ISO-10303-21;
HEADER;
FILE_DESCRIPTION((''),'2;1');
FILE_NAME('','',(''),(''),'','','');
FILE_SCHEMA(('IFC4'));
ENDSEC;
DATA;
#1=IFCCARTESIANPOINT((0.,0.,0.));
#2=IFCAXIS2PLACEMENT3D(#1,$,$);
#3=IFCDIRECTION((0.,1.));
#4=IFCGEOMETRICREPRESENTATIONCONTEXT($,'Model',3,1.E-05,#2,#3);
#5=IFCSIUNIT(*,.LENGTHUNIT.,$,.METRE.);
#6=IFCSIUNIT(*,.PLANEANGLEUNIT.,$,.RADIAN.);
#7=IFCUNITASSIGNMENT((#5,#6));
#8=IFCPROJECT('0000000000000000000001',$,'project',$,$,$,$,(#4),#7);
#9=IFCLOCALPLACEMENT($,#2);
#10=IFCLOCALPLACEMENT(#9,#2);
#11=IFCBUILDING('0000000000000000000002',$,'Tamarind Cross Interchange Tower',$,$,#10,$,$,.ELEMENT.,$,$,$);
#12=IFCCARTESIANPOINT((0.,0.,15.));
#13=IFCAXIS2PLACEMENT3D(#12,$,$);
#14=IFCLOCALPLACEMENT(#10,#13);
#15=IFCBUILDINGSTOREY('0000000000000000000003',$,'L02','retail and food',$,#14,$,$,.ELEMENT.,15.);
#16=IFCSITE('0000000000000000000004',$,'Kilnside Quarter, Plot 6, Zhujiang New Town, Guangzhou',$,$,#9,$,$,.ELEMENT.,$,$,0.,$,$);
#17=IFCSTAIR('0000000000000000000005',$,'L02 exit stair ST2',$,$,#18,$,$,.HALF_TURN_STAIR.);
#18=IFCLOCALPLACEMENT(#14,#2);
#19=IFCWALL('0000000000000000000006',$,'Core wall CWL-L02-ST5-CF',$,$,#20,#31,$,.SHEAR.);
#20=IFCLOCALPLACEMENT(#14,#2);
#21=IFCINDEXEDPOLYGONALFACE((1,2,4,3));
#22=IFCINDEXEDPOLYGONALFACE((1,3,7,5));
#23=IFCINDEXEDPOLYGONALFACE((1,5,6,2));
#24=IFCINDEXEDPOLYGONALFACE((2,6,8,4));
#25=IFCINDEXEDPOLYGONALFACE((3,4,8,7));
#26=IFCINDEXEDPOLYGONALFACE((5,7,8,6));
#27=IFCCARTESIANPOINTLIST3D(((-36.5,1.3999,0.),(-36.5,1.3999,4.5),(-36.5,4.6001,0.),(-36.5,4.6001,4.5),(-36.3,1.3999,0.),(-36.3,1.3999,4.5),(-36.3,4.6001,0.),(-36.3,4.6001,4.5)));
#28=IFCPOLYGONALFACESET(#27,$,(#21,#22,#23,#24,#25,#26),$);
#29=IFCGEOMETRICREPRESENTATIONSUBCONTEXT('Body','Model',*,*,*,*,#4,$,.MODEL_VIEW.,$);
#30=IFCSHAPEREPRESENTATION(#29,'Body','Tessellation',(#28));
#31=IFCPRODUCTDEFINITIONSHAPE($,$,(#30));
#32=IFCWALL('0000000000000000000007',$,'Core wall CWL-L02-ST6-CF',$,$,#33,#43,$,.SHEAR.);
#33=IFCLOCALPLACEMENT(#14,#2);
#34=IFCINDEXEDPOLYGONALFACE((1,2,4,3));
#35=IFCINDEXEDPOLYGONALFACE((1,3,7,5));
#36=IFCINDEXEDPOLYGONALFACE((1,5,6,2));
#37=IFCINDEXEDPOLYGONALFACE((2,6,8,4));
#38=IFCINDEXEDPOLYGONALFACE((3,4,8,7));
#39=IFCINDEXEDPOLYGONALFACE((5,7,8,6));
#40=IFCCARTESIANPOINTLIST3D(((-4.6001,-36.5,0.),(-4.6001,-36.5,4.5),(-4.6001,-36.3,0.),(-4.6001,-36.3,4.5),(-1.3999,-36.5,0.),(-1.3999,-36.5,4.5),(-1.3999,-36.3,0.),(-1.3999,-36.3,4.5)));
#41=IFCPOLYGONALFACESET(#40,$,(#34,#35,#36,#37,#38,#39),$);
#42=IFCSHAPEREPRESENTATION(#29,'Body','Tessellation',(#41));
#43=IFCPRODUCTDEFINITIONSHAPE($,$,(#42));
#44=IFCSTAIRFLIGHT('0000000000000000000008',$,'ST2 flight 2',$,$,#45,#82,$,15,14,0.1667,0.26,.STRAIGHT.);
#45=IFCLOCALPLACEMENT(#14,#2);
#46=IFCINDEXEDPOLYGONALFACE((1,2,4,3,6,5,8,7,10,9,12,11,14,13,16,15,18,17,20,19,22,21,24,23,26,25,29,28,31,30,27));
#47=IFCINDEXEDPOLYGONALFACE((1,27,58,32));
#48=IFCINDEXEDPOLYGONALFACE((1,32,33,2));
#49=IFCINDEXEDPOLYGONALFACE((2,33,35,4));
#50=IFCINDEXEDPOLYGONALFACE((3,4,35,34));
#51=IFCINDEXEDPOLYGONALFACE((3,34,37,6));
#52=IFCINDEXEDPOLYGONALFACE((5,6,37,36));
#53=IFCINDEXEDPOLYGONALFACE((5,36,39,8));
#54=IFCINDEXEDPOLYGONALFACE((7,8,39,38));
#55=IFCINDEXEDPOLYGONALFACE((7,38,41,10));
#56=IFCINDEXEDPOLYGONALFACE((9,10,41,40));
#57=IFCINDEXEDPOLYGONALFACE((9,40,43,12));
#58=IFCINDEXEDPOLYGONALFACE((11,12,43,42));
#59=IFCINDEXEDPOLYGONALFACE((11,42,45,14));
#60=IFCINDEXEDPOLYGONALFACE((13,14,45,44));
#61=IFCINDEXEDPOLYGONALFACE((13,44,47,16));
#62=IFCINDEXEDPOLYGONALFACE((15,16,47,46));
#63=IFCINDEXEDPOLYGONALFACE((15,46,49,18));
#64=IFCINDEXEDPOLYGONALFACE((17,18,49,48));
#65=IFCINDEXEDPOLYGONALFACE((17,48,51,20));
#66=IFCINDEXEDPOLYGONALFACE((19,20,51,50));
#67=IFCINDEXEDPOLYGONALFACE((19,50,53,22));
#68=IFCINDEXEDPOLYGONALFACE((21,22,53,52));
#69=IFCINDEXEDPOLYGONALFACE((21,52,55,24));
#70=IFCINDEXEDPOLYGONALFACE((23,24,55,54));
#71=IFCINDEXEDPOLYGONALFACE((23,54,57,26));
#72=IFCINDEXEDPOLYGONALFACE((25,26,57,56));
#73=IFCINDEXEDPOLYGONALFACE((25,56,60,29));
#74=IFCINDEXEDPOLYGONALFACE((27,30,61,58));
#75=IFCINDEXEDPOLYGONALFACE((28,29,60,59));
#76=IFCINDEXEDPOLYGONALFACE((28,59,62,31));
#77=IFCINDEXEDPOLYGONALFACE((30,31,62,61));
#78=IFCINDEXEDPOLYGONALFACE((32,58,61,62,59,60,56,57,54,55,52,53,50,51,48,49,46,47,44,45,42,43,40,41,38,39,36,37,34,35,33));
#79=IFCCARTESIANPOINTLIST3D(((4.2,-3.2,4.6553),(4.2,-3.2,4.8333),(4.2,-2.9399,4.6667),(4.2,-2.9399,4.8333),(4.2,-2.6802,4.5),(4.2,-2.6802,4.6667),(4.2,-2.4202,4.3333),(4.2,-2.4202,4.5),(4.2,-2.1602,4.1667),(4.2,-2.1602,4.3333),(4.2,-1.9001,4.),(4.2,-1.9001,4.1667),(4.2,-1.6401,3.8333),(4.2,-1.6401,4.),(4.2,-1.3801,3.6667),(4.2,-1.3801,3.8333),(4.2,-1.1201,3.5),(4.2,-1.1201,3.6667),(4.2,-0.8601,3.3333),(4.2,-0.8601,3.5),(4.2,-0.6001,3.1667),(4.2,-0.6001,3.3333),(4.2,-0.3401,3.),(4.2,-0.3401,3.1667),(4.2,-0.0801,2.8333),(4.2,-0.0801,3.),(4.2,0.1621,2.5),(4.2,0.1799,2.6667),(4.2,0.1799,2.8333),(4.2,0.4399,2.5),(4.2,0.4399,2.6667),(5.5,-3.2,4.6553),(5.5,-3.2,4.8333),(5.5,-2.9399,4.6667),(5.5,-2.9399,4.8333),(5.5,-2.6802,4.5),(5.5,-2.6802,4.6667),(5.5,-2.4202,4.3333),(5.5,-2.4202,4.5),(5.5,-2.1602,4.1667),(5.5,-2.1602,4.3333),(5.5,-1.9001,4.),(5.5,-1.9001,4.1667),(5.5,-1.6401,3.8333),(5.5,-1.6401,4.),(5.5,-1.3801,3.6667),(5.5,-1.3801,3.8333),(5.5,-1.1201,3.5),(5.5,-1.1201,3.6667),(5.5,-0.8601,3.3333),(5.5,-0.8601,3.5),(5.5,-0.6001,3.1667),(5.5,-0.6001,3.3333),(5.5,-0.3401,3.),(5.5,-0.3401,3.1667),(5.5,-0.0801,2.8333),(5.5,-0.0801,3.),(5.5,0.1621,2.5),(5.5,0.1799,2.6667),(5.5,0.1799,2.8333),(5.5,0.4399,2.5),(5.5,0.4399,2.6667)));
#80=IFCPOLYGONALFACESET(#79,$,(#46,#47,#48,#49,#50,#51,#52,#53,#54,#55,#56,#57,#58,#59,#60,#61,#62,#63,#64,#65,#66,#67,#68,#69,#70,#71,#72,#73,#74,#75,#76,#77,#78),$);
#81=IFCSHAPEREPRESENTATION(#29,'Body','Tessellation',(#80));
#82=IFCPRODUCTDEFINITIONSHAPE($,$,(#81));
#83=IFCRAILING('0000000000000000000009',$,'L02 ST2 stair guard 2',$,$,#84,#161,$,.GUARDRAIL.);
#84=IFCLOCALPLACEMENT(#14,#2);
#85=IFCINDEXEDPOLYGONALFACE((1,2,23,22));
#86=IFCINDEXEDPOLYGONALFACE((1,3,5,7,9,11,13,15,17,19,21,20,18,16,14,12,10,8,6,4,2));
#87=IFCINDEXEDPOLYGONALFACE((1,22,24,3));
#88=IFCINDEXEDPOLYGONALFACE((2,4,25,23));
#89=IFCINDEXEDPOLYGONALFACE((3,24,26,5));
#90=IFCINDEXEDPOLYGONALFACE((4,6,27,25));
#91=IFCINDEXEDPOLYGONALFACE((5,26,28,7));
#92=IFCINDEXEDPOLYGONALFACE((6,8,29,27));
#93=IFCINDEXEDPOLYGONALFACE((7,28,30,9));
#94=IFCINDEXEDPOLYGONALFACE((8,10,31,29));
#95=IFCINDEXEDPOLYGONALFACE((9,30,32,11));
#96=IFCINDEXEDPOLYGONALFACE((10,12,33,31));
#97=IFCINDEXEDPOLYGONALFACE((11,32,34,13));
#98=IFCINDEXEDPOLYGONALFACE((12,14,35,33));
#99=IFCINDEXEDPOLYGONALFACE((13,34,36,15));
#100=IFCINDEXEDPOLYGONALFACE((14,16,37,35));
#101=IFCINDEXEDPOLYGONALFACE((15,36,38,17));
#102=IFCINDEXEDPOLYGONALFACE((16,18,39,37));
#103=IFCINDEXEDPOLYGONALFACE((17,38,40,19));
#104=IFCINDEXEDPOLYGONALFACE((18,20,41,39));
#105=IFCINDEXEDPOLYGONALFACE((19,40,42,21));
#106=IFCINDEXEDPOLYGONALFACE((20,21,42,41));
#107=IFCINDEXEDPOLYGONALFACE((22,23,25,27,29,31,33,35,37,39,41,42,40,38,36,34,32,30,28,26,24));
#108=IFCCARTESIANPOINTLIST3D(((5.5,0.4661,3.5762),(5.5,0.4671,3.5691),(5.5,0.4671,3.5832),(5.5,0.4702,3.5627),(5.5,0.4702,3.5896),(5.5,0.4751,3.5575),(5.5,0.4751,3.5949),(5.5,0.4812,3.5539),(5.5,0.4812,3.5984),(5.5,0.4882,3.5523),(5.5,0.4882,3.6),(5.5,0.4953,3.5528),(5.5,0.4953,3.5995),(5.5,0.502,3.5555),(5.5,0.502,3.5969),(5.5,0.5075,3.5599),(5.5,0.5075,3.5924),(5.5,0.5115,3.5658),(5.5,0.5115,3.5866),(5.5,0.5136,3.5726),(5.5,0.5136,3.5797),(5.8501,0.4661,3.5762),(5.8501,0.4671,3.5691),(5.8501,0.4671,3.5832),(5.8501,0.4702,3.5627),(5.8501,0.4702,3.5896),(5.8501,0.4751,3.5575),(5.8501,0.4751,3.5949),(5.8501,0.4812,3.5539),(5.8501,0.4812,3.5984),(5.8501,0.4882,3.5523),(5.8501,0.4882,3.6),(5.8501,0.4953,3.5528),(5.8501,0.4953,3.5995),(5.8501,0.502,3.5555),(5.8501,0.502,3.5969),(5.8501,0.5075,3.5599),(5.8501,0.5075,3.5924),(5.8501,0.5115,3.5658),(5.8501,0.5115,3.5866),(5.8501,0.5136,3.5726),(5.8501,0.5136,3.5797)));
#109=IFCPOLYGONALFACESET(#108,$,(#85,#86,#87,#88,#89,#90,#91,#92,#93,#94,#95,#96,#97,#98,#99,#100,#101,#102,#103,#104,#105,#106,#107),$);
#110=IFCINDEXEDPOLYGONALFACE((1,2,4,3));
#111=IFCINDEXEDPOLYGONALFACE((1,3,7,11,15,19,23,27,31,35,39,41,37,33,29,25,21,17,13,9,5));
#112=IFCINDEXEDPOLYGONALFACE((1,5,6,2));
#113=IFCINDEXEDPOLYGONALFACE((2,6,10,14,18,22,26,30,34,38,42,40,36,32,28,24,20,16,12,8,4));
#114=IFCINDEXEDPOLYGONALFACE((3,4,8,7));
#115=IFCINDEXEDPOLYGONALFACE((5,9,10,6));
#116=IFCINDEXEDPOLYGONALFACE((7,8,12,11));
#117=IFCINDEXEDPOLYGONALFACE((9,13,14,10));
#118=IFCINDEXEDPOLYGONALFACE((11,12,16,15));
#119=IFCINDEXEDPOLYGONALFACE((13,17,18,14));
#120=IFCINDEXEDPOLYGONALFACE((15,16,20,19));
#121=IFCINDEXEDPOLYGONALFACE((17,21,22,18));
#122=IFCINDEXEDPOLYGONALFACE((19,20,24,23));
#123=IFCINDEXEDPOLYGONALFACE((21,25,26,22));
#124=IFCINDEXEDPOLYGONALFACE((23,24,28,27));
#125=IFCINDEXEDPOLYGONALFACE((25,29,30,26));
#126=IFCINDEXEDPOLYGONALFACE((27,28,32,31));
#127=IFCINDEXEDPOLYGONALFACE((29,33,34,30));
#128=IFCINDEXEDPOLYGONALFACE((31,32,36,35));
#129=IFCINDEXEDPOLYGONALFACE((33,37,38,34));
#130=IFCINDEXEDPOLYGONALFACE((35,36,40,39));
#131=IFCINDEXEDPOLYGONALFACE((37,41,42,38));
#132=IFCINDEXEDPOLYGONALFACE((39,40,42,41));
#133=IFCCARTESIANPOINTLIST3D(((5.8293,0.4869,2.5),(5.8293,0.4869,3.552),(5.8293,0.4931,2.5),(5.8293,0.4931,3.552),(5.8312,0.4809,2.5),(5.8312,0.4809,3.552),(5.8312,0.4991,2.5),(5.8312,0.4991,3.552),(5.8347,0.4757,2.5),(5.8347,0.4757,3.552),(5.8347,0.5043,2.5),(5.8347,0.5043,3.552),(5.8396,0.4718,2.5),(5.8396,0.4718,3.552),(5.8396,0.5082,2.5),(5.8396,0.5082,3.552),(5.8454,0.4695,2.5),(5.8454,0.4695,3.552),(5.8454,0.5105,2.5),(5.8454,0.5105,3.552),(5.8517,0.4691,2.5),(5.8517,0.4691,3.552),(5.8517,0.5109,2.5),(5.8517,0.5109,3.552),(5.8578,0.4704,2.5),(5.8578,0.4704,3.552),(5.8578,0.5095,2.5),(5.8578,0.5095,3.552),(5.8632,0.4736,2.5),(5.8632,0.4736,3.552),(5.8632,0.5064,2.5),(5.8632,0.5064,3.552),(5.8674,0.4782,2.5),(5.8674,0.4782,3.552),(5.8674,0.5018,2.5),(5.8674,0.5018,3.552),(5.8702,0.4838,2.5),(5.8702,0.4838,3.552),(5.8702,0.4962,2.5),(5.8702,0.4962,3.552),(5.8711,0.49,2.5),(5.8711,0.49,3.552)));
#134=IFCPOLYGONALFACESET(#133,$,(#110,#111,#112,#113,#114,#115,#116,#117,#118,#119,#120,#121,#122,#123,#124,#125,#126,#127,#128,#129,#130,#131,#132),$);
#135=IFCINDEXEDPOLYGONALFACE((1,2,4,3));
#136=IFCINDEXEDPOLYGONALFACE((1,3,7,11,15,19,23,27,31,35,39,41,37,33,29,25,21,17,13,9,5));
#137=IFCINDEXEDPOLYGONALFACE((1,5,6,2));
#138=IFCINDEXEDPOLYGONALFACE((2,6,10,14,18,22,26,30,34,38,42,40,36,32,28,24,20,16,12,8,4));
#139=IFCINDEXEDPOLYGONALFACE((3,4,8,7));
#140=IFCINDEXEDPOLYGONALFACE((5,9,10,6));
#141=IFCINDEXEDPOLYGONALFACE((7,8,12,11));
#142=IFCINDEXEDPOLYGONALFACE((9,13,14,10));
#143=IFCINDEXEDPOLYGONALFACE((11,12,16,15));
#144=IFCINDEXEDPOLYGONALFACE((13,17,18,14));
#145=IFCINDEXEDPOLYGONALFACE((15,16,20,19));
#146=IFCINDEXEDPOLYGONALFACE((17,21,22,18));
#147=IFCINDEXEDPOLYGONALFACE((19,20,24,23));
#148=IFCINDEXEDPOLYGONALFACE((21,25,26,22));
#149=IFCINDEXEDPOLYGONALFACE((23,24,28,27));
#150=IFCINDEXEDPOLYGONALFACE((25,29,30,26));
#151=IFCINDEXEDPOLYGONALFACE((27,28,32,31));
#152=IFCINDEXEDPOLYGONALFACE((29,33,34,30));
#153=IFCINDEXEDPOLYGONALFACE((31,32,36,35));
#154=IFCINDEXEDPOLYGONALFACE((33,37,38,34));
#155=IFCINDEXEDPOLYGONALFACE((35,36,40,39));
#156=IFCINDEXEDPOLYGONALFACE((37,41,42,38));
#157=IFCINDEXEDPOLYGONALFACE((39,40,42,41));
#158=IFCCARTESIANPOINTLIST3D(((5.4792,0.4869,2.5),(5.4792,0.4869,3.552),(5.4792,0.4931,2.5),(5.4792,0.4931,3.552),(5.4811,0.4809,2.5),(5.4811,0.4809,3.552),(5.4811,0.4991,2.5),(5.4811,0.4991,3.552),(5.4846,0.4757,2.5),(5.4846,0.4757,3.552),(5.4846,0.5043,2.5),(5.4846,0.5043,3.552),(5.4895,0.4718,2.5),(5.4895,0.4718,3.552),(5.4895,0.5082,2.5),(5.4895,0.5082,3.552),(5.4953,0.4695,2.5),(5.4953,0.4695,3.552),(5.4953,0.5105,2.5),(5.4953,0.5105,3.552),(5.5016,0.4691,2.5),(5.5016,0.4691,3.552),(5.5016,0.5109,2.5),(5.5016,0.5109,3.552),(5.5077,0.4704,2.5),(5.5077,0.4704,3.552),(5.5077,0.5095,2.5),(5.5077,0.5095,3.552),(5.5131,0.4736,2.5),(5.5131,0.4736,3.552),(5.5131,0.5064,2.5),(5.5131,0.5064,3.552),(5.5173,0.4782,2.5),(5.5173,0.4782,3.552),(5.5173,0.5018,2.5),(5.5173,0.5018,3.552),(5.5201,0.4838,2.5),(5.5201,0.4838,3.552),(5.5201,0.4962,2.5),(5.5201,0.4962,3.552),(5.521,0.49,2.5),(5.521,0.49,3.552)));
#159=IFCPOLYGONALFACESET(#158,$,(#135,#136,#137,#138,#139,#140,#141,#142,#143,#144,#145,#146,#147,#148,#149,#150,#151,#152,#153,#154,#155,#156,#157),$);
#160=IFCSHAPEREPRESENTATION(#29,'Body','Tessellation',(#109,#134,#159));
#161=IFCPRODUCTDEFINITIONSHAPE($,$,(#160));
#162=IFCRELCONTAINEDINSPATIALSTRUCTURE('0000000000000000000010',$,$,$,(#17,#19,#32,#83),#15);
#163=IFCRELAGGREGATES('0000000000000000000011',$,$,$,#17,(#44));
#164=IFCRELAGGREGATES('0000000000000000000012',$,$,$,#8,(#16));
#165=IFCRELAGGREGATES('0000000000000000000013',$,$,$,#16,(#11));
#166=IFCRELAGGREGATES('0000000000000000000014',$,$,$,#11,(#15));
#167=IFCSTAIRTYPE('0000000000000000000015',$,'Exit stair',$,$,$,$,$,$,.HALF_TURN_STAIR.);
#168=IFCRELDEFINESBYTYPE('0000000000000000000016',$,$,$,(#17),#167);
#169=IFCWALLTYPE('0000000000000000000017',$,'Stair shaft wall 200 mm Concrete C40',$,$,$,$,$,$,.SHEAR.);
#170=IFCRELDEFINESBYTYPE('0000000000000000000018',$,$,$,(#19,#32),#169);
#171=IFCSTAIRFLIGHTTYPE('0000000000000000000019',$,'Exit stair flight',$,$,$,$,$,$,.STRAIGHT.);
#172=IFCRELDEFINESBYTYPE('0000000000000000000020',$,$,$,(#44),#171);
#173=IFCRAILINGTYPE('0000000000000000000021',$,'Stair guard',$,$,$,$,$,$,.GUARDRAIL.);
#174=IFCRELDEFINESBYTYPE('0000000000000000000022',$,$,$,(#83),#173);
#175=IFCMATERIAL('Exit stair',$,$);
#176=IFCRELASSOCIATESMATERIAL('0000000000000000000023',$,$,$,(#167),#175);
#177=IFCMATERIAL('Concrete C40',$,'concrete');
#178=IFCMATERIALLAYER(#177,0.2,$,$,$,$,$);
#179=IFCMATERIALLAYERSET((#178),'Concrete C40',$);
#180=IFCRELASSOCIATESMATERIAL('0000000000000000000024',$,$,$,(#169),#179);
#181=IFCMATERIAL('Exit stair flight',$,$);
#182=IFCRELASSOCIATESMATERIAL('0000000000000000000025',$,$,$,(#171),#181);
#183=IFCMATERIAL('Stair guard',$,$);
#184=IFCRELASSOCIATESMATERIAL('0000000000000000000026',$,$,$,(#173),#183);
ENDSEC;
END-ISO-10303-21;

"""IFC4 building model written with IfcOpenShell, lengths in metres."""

from ifc_helpers import new_model, si_unit, direction, frame, origin, origin_2d, place, context, subcontext, project, spatial, polyline, circle, outline, extrude, material, layer, layer_set, type_object, element, aggregate, save


model = new_model("IFC4")

# Units and contexts
model_context = context("Model", 3, precision=1e-05, world=origin(), true_north=direction((0.0, 1.0)))
body_context = subcontext(model_context, "Body", "Model", "MODEL_VIEW")
ifc_project = project(units=[si_unit("LENGTHUNIT", "METRE"), si_unit("PLANEANGLEUNIT", "RADIAN")], contexts=[model_context])

# Site, building, storey
site_placement = place(None, origin())
site = spatial("IfcSite", under=ifc_project, at=site_placement, Name="Kilnside Quarter, Plot 6, Zhujiang New Town, Guangzhou", CompositionType="ELEMENT", RefElevation=0.0)
building_placement = place(site_placement, origin())
building = spatial("IfcBuilding", under=site, at=building_placement, Name="Tamarind Cross Interchange Tower", CompositionType="ELEMENT")
storey_placement = place(building_placement, frame((0.0, 0.0, 15.0)))
storey = spatial("IfcBuildingStorey", under=building, at=storey_placement, Name="L02", Description="retail and food", CompositionType="ELEMENT", Elevation=15.0)

# Stair
ifc_material_1 = material(Name="Exit stair")
stair_type = type_object("IfcStairType", Name="Exit stair", PredefinedType="HALF_TURN_STAIR", material=ifc_material_1)
ifc_material_2 = material(Name="Concrete C40", Category="concrete")
stair_1_placement = place(storey_placement, origin())
stair_1 = element("IfcStair", 1, at=stair_1_placement, inside=storey, type_object=stair_type, Name="L02 exit stair ST2", PredefinedType="HALF_TURN_STAIR")

# Walls
ifc_layer_1 = layer(ifc_material_2, 0.2)
ifc_layer_set_1 = layer_set([ifc_layer_1], Name="Concrete C40")
wall_type_1 = type_object("IfcWallType", Name="Stair shaft wall 200 mm Concrete C40", PredefinedType="SHEAR", material=ifc_layer_set_1)
wall_1_placement = place(storey_placement, origin())
element("IfcWall", 2, at=wall_1_placement, inside=storey, type_object=wall_type_1, Name="Core wall CWL-L02-ST5-CF", PredefinedType="SHEAR", context=body_context, shape_type="SweptSolid", body=[
    extrude(outline(polyline([(-36.3, 4.6001), (-36.5, 4.6001), (-36.5, 1.3999), (-36.3, 1.3999), (-36.3, 4.6001)])), origin(), (0.0, 0.0, 1.0), 4.5),
])
wall_2_placement = place(storey_placement, origin())
element("IfcWall", 3, at=wall_2_placement, inside=storey, type_object=wall_type_1, Name="Core wall CWL-L02-ST6-CF", PredefinedType="SHEAR", context=body_context, shape_type="SweptSolid", body=[
    extrude(outline(polyline([(-4.6001, -36.3), (-4.6001, -36.5), (-1.3999, -36.5), (-1.3999, -36.3), (-4.6001, -36.3)])), origin(), (0.0, 0.0, 1.0), 4.5),
])

# Stair flight
ifc_material_3 = material(Name="Exit stair flight")
stair_flight_type = type_object("IfcStairFlightType", Name="Exit stair flight", PredefinedType="STRAIGHT", material=ifc_material_3)
stair_flight_placement = place(storey_placement, frame((4.8501, 0.4399, 2.5), z_axis=(0.0, 0.0, 1.0), x_axis=(0.0, -1.0, 0.0)))
stair_flight = element("IfcStairFlight", 4, at=stair_flight_placement, type_object=stair_flight_type, Name="ST2 flight 2", NumberOfRisers=15, NumberOfTreads=14, PredefinedType="STRAIGHT", RiserHeight=0.1667, TreadLength=0.26, context=body_context, shape_type="SweptSolid", body=[
    extrude(outline(polyline([(0.0, 0.0), (0.0, 0.1667), (0.26, 0.1667), (0.26, 0.3333), (0.52, 0.3333), (0.52, 0.5), (0.78, 0.5), (0.78, 0.6667), (1.04, 0.6667), (1.04, 0.8333), (1.3, 0.8333), (1.3, 1.0), (1.5601, 1.0), (1.5601, 1.1667), (1.8201, 1.1667), (1.8201, 1.3333), (2.0801, 1.3333), (2.0801, 1.5), (2.3401, 1.5), (2.3401, 1.6667), (2.6001, 1.6667), (2.6001, 1.8333), (2.8601, 1.8333), (2.8601, 2.0), (3.1201, 2.0), (3.1201, 2.1667), (3.3799, 2.1667), (3.3799, 2.3333), (3.6399, 2.3333), (3.6399, 2.5), (3.6399, 2.1553), (0.2778, 0.0), (0.0, 0.0)])), frame((0.0, 0.6499, 0.0), z_axis=(0.0, -1.0, 0.0), x_axis=(1.0, 0.0, 0.0)), (0.0, 0.0, 1.0), 1.3),
])
aggregate(stair_1, [stair_flight])

# Railing
ifc_material_4 = material(Name="Stair guard")
railing_type_1 = type_object("IfcRailingType", Name="Stair guard", PredefinedType="GUARDRAIL", material=ifc_material_4)
railing_1_placement = place(storey_placement, frame((5.8501, 0.49, 2.5)))
element("IfcRailing", 5, at=railing_1_placement, inside=storey, type_object=railing_type_1, Name="L02 ST2 stair guard 2", PredefinedType="GUARDRAIL", context=body_context, shape_type="SweptSolid", body=[
    extrude(circle(Radius=0.0239, at=origin_2d()), frame((0.0, 0.0, 1.0762), z_axis=(-1.0, 0.0, 0.0), x_axis=(0.0, -1.0, 0.0)), (0.0, 0.0, 1.0), 0.3501),
    extrude(circle(Radius=0.021, at=origin_2d()), origin(), (0.0, 0.0, 1.0), 1.052),
    extrude(circle(Radius=0.021, at=origin_2d()), frame((-0.3501, 0.0, 0.0)), (0.0, 0.0, 1.0), 1.052),
])

save(model, "model.ifc")
